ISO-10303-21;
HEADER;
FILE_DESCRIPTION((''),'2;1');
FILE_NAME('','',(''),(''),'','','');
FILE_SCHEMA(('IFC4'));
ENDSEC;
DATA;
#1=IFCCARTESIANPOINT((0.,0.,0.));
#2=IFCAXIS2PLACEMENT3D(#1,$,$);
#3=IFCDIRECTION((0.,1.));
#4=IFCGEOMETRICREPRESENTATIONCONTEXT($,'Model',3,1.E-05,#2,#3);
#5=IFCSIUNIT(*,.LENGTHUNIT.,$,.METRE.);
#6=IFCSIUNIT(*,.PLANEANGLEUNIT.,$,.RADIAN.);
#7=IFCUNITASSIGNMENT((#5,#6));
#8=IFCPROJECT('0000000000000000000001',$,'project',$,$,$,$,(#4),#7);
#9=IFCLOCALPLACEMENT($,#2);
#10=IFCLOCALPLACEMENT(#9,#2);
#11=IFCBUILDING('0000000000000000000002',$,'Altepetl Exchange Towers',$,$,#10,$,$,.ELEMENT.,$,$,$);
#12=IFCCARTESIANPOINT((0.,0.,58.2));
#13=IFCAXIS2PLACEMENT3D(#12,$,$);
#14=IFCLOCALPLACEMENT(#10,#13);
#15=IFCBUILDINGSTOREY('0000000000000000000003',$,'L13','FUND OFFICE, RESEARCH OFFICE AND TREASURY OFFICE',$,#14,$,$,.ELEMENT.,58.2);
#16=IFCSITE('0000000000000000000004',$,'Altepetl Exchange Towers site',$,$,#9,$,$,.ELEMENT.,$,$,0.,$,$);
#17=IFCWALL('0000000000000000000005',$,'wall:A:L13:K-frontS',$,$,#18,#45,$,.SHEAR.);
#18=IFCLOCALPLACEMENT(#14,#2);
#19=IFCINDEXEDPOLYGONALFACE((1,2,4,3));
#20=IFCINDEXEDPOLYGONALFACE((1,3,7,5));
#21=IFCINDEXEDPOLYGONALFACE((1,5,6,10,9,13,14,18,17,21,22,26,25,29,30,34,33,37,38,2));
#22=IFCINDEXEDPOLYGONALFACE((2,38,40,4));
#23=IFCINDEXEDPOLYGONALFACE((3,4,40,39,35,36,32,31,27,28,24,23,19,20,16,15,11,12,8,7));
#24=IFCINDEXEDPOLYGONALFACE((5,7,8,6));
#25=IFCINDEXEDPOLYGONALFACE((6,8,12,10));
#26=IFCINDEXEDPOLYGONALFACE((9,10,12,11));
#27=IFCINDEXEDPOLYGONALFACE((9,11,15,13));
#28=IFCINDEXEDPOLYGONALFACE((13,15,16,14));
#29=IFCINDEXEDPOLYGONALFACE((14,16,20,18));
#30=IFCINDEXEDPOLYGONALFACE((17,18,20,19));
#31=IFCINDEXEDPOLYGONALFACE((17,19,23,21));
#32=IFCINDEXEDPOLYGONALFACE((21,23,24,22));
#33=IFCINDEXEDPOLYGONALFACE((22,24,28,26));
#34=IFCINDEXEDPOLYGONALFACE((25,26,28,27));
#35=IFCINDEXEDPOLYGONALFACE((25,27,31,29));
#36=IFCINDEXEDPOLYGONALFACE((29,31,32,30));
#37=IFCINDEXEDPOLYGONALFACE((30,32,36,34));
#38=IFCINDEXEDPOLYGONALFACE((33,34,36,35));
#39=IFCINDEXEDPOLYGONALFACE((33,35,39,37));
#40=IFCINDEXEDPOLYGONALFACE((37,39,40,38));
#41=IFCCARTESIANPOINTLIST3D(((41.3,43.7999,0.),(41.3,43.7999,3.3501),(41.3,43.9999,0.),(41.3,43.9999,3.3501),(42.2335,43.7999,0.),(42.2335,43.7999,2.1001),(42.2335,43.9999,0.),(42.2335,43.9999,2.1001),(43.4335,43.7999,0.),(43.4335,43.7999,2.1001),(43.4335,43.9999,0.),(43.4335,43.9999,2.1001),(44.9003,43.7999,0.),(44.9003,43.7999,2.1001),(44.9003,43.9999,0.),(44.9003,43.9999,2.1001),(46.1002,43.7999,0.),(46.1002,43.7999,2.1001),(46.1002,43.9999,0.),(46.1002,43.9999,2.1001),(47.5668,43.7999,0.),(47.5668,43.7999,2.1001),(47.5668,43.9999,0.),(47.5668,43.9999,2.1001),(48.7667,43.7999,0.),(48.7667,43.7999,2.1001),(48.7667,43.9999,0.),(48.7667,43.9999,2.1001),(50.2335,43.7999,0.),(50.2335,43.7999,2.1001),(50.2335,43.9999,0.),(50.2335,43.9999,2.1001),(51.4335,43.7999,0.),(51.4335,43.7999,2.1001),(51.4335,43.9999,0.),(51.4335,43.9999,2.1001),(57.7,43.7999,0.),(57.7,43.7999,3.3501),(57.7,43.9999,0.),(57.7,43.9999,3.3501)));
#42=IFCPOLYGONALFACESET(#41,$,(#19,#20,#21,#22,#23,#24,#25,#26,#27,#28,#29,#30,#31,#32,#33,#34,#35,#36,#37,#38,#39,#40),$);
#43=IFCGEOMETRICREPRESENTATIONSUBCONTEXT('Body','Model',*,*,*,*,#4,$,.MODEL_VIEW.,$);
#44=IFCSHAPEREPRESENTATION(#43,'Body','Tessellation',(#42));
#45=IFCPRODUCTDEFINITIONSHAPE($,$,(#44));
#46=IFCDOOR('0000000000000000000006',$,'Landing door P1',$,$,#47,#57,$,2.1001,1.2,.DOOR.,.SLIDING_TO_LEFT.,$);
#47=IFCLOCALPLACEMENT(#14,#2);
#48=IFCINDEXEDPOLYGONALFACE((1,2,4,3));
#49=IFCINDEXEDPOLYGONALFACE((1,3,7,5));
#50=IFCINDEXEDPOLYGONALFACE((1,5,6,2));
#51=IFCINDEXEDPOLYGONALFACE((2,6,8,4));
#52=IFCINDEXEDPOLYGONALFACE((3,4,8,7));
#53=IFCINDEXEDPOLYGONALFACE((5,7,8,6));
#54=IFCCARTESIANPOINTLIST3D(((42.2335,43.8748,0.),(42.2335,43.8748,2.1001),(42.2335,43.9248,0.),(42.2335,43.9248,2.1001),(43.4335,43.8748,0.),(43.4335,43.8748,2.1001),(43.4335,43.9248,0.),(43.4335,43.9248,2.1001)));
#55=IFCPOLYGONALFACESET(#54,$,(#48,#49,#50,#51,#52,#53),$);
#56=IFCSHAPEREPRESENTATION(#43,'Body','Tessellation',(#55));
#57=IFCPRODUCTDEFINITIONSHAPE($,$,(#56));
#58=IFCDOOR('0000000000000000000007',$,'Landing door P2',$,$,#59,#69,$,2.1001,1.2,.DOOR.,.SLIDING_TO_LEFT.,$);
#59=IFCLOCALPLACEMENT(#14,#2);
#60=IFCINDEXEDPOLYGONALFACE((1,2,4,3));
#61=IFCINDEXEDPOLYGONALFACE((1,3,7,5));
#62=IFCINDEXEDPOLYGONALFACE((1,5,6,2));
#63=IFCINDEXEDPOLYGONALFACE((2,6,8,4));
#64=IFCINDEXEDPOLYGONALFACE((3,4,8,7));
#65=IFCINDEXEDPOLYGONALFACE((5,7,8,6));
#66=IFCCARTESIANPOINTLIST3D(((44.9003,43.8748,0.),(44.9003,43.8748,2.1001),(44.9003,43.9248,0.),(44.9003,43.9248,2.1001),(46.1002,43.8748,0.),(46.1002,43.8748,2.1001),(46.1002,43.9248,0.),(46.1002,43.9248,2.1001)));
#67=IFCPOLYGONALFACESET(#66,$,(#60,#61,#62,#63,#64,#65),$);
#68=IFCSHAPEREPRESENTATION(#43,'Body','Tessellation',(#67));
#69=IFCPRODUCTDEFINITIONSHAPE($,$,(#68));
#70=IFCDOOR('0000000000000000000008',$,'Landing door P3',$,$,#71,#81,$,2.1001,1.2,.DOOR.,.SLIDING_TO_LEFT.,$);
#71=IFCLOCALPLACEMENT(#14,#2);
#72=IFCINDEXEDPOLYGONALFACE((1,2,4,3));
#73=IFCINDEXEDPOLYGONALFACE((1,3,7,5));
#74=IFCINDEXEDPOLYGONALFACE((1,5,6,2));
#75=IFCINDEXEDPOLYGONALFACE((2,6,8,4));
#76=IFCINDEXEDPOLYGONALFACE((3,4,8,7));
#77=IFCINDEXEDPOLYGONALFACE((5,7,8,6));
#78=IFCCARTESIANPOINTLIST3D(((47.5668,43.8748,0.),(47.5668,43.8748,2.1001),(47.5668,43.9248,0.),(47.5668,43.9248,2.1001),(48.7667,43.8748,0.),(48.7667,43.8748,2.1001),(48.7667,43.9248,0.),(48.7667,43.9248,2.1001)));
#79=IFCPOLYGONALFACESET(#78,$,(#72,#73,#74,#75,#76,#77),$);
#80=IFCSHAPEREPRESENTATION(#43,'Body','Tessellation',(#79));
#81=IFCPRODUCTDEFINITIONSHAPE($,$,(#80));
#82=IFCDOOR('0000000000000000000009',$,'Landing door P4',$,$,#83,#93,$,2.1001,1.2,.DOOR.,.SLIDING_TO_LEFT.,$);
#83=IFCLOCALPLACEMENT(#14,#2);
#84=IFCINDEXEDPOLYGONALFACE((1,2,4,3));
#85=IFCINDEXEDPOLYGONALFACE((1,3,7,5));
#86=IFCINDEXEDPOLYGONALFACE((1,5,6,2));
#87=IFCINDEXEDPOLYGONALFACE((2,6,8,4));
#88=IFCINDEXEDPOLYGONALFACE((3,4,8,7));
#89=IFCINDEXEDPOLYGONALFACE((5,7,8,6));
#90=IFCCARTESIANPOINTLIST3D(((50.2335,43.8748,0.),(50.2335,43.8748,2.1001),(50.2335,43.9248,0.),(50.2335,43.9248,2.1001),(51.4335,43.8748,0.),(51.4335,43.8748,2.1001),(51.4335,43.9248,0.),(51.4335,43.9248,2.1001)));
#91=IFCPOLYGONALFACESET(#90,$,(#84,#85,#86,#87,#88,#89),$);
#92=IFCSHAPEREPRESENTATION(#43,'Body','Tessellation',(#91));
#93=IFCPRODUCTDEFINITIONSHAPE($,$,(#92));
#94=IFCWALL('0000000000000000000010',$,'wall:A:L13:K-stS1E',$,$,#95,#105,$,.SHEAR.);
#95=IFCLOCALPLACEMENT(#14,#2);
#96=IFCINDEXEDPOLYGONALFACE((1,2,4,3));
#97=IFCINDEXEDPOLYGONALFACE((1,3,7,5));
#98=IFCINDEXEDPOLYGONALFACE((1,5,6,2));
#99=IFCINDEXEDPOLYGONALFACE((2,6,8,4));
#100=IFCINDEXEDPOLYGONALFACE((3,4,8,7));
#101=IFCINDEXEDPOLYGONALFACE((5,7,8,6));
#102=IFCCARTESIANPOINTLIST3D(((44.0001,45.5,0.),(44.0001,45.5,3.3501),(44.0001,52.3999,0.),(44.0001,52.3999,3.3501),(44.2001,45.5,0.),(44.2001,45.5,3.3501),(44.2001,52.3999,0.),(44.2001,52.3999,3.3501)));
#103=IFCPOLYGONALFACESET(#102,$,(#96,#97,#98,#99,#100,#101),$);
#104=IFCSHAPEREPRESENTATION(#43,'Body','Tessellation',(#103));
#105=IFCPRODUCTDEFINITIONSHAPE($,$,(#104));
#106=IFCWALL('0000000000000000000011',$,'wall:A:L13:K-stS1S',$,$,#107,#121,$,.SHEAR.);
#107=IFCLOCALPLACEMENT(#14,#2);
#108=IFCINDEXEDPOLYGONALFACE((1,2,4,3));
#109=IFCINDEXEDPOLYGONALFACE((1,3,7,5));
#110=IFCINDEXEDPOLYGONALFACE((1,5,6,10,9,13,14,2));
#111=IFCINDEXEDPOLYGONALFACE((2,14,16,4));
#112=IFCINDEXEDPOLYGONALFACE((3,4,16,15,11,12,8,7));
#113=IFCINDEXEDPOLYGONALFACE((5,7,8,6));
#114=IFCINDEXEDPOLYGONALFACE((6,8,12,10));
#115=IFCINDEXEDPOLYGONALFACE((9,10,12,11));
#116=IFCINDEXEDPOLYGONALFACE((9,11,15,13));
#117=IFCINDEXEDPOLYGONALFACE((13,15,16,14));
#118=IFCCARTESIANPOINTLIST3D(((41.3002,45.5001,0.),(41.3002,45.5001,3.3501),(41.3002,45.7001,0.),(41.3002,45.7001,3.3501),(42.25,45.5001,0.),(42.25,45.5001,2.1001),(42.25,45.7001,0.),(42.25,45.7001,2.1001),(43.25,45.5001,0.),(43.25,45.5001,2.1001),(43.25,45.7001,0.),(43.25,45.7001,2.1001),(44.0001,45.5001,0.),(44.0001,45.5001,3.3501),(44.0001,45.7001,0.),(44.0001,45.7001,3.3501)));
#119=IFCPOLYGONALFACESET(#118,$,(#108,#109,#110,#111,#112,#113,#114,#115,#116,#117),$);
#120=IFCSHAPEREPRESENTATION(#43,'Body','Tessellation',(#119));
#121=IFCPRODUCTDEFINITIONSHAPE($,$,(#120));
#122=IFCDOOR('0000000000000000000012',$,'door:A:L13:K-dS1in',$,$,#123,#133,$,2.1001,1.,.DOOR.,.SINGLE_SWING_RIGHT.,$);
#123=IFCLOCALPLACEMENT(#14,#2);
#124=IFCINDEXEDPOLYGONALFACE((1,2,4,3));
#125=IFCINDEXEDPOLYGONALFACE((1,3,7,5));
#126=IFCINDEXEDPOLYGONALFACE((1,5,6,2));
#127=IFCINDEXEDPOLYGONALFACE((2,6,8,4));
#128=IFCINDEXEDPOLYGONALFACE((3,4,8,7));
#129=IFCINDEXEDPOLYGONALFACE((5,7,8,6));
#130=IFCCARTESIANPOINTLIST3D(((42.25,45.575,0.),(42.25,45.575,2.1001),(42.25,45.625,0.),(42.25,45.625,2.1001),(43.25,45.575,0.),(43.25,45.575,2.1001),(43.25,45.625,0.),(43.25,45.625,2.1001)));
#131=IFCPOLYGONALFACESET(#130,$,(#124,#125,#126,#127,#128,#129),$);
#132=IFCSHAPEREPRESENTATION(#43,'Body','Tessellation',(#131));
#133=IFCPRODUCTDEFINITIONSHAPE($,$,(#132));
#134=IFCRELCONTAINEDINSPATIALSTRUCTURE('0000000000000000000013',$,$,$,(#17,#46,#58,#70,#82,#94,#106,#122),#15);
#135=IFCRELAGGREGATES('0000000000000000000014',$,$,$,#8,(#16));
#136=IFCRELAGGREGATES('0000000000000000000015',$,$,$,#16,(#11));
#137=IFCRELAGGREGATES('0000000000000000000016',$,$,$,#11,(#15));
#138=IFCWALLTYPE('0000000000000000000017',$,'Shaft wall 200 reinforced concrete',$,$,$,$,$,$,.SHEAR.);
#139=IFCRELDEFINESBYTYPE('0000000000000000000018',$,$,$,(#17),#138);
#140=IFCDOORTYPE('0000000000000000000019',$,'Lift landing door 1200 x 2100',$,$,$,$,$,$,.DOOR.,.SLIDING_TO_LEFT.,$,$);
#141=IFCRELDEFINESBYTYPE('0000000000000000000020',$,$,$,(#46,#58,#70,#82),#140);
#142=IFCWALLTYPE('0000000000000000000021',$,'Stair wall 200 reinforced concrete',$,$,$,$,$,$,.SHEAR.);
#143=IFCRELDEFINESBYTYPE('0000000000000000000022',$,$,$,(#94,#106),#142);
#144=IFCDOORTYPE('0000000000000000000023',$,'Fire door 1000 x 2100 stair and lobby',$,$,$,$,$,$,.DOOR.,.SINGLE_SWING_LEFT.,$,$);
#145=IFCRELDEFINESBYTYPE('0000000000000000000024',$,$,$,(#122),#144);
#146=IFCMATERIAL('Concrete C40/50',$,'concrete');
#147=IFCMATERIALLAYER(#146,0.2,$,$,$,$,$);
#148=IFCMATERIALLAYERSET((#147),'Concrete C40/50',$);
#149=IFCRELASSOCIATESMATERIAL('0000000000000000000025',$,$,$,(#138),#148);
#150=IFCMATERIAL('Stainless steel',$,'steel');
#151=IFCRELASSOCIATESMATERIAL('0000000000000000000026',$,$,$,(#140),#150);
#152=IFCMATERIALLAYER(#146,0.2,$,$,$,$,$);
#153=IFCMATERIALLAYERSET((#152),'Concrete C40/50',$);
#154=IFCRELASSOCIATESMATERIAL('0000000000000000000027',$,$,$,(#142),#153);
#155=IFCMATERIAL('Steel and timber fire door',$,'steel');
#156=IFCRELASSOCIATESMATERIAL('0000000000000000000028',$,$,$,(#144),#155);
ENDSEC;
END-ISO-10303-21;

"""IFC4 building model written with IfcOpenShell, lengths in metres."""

from ifc_helpers import new_model, si_unit, direction, frame, frame_2d, origin, place, context, subcontext, project, spatial, rectangle, extrude, material, layer, layer_set, type_object, element, fill, save


model = new_model("IFC4")

# Units and contexts
model_context = context("Model", 3, precision=1e-05, world=origin(), true_north=direction((0.0, 1.0)))
body_context = subcontext(model_context, "Body", "Model", "MODEL_VIEW")
ifc_project = project(units=[si_unit("LENGTHUNIT", "METRE"), si_unit("PLANEANGLEUNIT", "RADIAN")], contexts=[model_context])

# Site, building, storey
site_placement = place(None, origin())
site = spatial("IfcSite", under=ifc_project, at=site_placement, Name="Altepetl Exchange Towers site", CompositionType="ELEMENT", RefElevation=0.0)
building_placement = place(site_placement, origin())
building = spatial("IfcBuilding", under=site, at=building_placement, Name="Altepetl Exchange Towers", CompositionType="ELEMENT")
storey_placement = place(building_placement, frame((0.0, 0.0, 58.2)))
storey = spatial("IfcBuildingStorey", under=building, at=storey_placement, Name="L13", Description="FUND OFFICE, RESEARCH OFFICE AND TREASURY OFFICE", CompositionType="ELEMENT", Elevation=58.2)

# Shared definitions
ifc_material_1 = material(Name="Steel and timber fire door", Category="steel")

# Shared definitions
ifc_material_2 = material(Name="Concrete C40/50", Category="concrete")
ifc_layer_1 = layer(ifc_material_2, 0.2)
ifc_layer_set_1 = layer_set([ifc_layer_1], Name="Concrete C40/50")
wall_type_1 = type_object("IfcWallType", Name="Shaft wall 200 reinforced concrete", PredefinedType="SHEAR", material=ifc_layer_set_1)

# Wall, openings, doors
wall_1_placement = place(storey_placement, frame((41.3, 43.8999, 0.0)))
wall_1 = element("IfcWall", 1, at=wall_1_placement, inside=storey, type_object=wall_type_1, Name="wall:A:L13:K-frontS", PredefinedType="SHEAR", context=body_context, shape_type="SweptSolid", body=[
    extrude(rectangle(XDim=16.3999, YDim=0.2, at=frame_2d((8.2, 0.0))), origin(), (0.0, 0.0, 1.0), 3.3501),
])
opening_1_placement = place(wall_1_placement, frame((0.9333, 0.0, 0.0)))
opening_1 = element("IfcOpeningElement", 2, at=opening_1_placement, cuts=wall_1, PredefinedType="OPENING", context=body_context, shape_type="SweptSolid", body=[
    extrude(rectangle(XDim=1.2, YDim=2.1001, at=frame_2d((0.6001, 1.05))), frame((0.0, 0.1099, 0.0), z_axis=(0.0, -1.0, 0.0), x_axis=(1.0, 0.0, 0.0)), (0.0, 0.0, 1.0), 0.22),
])
opening_2_placement = place(wall_1_placement, frame((3.6001, 0.0, 0.0)))
opening_2 = element("IfcOpeningElement", 3, at=opening_2_placement, cuts=wall_1, PredefinedType="OPENING", context=body_context, shape_type="SweptSolid", body=[
    extrude(rectangle(XDim=1.2, YDim=2.1001, at=frame_2d((0.6001, 1.05))), frame((0.0, 0.1099, 0.0), z_axis=(0.0, -1.0, 0.0), x_axis=(1.0, 0.0, 0.0)), (0.0, 0.0, 1.0), 0.22),
])
opening_3_placement = place(wall_1_placement, frame((6.2666, 0.0, 0.0)))
opening_3 = element("IfcOpeningElement", 4, at=opening_3_placement, cuts=wall_1, PredefinedType="OPENING", context=body_context, shape_type="SweptSolid", body=[
    extrude(rectangle(XDim=1.2, YDim=2.1001, at=frame_2d((0.6001, 1.05))), frame((0.0, 0.1099, 0.0), z_axis=(0.0, -1.0, 0.0), x_axis=(1.0, 0.0, 0.0)), (0.0, 0.0, 1.0), 0.22),
])
opening_4_placement = place(wall_1_placement, frame((8.9333, 0.0, 0.0)))
opening_4 = element("IfcOpeningElement", 5, at=opening_4_placement, cuts=wall_1, PredefinedType="OPENING", context=body_context, shape_type="SweptSolid", body=[
    extrude(rectangle(XDim=1.2, YDim=2.1001, at=frame_2d((0.6001, 1.05))), frame((0.0, 0.1099, 0.0), z_axis=(0.0, -1.0, 0.0), x_axis=(1.0, 0.0, 0.0)), (0.0, 0.0, 1.0), 0.22),
])
ifc_material_3 = material(Name="Stainless steel", Category="steel")
door_type_1 = type_object("IfcDoorType", Name="Lift landing door 1200 x 2100", OperationType="SLIDING_TO_LEFT", PredefinedType="DOOR", material=ifc_material_3)
door_1_placement = place(opening_1_placement, origin())
door_1 = element("IfcDoor", 6, at=door_1_placement, inside=storey, type_object=door_type_1, Name="Landing door P1", OperationType="SLIDING_TO_LEFT", OverallHeight=2.1001, OverallWidth=1.2, PredefinedType="DOOR", context=body_context, shape_type="SweptSolid", body=[
    extrude(rectangle(XDim=1.2, YDim=2.1001, at=frame_2d((0.6001, 1.05))), frame((0.0, 0.0249, 0.0), z_axis=(0.0, -1.0, 0.0), x_axis=(1.0, 0.0, 0.0)), (0.0, 0.0, 1.0), 0.05),
])
fill(opening_1, door_1)
door_2_placement = place(opening_2_placement, origin())
door_2 = element("IfcDoor", 7, at=door_2_placement, inside=storey, type_object=door_type_1, Name="Landing door P2", OperationType="SLIDING_TO_LEFT", OverallHeight=2.1001, OverallWidth=1.2, PredefinedType="DOOR", context=body_context, shape_type="SweptSolid", body=[
    extrude(rectangle(XDim=1.2, YDim=2.1001, at=frame_2d((0.6001, 1.05))), frame((0.0, 0.0249, 0.0), z_axis=(0.0, -1.0, 0.0), x_axis=(1.0, 0.0, 0.0)), (0.0, 0.0, 1.0), 0.05),
])
fill(opening_2, door_2)
door_3_placement = place(opening_3_placement, origin())
door_3 = element("IfcDoor", 8, at=door_3_placement, inside=storey, type_object=door_type_1, Name="Landing door P3", OperationType="SLIDING_TO_LEFT", OverallHeight=2.1001, OverallWidth=1.2, PredefinedType="DOOR", context=body_context, shape_type="SweptSolid", body=[
    extrude(rectangle(XDim=1.2, YDim=2.1001, at=frame_2d((0.6001, 1.05))), frame((0.0, 0.0249, 0.0), z_axis=(0.0, -1.0, 0.0), x_axis=(1.0, 0.0, 0.0)), (0.0, 0.0, 1.0), 0.05),
])
fill(opening_3, door_3)
door_4_placement = place(opening_4_placement, origin())
door_4 = element("IfcDoor", 9, at=door_4_placement, inside=storey, type_object=door_type_1, Name="Landing door P4", OperationType="SLIDING_TO_LEFT", OverallHeight=2.1001, OverallWidth=1.2, PredefinedType="DOOR", context=body_context, shape_type="SweptSolid", body=[
    extrude(rectangle(XDim=1.2, YDim=2.1001, at=frame_2d((0.6001, 1.05))), frame((0.0, 0.0249, 0.0), z_axis=(0.0, -1.0, 0.0), x_axis=(1.0, 0.0, 0.0)), (0.0, 0.0, 1.0), 0.05),
])
fill(opening_4, door_4)

# Wall
ifc_layer_2 = layer(ifc_material_2, 0.2)
ifc_layer_set_2 = layer_set([ifc_layer_2], Name="Concrete C40/50")
wall_type_2 = type_object("IfcWallType", Name="Stair wall 200 reinforced concrete", PredefinedType="SHEAR", material=ifc_layer_set_2)
wall_2_placement = place(storey_placement, frame((44.1001, 45.5, 0.0), z_axis=(0.0, 0.0, 1.0), x_axis=(0.0, 1.0, 0.0)))
element("IfcWall", 10, at=wall_2_placement, inside=storey, type_object=wall_type_2, Name="wall:A:L13:K-stS1E", PredefinedType="SHEAR", context=body_context, shape_type="SweptSolid", body=[
    extrude(rectangle(XDim=6.8999, YDim=0.2, at=frame_2d((3.45, 0.0))), origin(), (0.0, 0.0, 1.0), 3.3501),
])

# Wall, opening, door
wall_3_placement = place(storey_placement, frame((41.3, 45.6001, 0.0)))
wall_3 = element("IfcWall", 11, at=wall_3_placement, inside=storey, type_object=wall_type_2, Name="wall:A:L13:K-stS1S", PredefinedType="SHEAR", context=body_context, shape_type="SweptSolid", body=[
    extrude(rectangle(XDim=2.7, YDim=0.2, at=frame_2d((1.3501, 0.0))), origin(), (0.0, 0.0, 1.0), 3.3501),
])
opening_5_placement = place(wall_3_placement, frame((0.95, 0.0, 0.0)))
opening_5 = element("IfcOpeningElement", 12, at=opening_5_placement, cuts=wall_3, PredefinedType="OPENING", context=body_context, shape_type="SweptSolid", body=[
    extrude(rectangle(XDim=1.0, YDim=2.1001, at=frame_2d((0.5, 1.05))), frame((0.0, 0.1099, 0.0), z_axis=(0.0, -1.0, 0.0), x_axis=(1.0, 0.0, 0.0)), (0.0, 0.0, 1.0), 0.22),
])
door_type_2 = type_object("IfcDoorType", Name="Fire door 1000 x 2100 stair and lobby", OperationType="SINGLE_SWING_LEFT", PredefinedType="DOOR", material=ifc_material_1)
door_5_placement = place(opening_5_placement, origin())
door_5 = element("IfcDoor", 13, at=door_5_placement, inside=storey, type_object=door_type_2, Name="door:A:L13:K-dS1in", OperationType="SINGLE_SWING_RIGHT", OverallHeight=2.1001, OverallWidth=1.0, PredefinedType="DOOR", context=body_context, shape_type="SweptSolid", body=[
    extrude(rectangle(XDim=1.0, YDim=2.1001, at=frame_2d((0.5, 1.05))), frame((0.0, 0.0249, 0.0), z_axis=(0.0, -1.0, 0.0), x_axis=(1.0, 0.0, 0.0)), (0.0, 0.0, 1.0), 0.05),
])
fill(opening_5, door_5)

save(model, "model.ifc")
